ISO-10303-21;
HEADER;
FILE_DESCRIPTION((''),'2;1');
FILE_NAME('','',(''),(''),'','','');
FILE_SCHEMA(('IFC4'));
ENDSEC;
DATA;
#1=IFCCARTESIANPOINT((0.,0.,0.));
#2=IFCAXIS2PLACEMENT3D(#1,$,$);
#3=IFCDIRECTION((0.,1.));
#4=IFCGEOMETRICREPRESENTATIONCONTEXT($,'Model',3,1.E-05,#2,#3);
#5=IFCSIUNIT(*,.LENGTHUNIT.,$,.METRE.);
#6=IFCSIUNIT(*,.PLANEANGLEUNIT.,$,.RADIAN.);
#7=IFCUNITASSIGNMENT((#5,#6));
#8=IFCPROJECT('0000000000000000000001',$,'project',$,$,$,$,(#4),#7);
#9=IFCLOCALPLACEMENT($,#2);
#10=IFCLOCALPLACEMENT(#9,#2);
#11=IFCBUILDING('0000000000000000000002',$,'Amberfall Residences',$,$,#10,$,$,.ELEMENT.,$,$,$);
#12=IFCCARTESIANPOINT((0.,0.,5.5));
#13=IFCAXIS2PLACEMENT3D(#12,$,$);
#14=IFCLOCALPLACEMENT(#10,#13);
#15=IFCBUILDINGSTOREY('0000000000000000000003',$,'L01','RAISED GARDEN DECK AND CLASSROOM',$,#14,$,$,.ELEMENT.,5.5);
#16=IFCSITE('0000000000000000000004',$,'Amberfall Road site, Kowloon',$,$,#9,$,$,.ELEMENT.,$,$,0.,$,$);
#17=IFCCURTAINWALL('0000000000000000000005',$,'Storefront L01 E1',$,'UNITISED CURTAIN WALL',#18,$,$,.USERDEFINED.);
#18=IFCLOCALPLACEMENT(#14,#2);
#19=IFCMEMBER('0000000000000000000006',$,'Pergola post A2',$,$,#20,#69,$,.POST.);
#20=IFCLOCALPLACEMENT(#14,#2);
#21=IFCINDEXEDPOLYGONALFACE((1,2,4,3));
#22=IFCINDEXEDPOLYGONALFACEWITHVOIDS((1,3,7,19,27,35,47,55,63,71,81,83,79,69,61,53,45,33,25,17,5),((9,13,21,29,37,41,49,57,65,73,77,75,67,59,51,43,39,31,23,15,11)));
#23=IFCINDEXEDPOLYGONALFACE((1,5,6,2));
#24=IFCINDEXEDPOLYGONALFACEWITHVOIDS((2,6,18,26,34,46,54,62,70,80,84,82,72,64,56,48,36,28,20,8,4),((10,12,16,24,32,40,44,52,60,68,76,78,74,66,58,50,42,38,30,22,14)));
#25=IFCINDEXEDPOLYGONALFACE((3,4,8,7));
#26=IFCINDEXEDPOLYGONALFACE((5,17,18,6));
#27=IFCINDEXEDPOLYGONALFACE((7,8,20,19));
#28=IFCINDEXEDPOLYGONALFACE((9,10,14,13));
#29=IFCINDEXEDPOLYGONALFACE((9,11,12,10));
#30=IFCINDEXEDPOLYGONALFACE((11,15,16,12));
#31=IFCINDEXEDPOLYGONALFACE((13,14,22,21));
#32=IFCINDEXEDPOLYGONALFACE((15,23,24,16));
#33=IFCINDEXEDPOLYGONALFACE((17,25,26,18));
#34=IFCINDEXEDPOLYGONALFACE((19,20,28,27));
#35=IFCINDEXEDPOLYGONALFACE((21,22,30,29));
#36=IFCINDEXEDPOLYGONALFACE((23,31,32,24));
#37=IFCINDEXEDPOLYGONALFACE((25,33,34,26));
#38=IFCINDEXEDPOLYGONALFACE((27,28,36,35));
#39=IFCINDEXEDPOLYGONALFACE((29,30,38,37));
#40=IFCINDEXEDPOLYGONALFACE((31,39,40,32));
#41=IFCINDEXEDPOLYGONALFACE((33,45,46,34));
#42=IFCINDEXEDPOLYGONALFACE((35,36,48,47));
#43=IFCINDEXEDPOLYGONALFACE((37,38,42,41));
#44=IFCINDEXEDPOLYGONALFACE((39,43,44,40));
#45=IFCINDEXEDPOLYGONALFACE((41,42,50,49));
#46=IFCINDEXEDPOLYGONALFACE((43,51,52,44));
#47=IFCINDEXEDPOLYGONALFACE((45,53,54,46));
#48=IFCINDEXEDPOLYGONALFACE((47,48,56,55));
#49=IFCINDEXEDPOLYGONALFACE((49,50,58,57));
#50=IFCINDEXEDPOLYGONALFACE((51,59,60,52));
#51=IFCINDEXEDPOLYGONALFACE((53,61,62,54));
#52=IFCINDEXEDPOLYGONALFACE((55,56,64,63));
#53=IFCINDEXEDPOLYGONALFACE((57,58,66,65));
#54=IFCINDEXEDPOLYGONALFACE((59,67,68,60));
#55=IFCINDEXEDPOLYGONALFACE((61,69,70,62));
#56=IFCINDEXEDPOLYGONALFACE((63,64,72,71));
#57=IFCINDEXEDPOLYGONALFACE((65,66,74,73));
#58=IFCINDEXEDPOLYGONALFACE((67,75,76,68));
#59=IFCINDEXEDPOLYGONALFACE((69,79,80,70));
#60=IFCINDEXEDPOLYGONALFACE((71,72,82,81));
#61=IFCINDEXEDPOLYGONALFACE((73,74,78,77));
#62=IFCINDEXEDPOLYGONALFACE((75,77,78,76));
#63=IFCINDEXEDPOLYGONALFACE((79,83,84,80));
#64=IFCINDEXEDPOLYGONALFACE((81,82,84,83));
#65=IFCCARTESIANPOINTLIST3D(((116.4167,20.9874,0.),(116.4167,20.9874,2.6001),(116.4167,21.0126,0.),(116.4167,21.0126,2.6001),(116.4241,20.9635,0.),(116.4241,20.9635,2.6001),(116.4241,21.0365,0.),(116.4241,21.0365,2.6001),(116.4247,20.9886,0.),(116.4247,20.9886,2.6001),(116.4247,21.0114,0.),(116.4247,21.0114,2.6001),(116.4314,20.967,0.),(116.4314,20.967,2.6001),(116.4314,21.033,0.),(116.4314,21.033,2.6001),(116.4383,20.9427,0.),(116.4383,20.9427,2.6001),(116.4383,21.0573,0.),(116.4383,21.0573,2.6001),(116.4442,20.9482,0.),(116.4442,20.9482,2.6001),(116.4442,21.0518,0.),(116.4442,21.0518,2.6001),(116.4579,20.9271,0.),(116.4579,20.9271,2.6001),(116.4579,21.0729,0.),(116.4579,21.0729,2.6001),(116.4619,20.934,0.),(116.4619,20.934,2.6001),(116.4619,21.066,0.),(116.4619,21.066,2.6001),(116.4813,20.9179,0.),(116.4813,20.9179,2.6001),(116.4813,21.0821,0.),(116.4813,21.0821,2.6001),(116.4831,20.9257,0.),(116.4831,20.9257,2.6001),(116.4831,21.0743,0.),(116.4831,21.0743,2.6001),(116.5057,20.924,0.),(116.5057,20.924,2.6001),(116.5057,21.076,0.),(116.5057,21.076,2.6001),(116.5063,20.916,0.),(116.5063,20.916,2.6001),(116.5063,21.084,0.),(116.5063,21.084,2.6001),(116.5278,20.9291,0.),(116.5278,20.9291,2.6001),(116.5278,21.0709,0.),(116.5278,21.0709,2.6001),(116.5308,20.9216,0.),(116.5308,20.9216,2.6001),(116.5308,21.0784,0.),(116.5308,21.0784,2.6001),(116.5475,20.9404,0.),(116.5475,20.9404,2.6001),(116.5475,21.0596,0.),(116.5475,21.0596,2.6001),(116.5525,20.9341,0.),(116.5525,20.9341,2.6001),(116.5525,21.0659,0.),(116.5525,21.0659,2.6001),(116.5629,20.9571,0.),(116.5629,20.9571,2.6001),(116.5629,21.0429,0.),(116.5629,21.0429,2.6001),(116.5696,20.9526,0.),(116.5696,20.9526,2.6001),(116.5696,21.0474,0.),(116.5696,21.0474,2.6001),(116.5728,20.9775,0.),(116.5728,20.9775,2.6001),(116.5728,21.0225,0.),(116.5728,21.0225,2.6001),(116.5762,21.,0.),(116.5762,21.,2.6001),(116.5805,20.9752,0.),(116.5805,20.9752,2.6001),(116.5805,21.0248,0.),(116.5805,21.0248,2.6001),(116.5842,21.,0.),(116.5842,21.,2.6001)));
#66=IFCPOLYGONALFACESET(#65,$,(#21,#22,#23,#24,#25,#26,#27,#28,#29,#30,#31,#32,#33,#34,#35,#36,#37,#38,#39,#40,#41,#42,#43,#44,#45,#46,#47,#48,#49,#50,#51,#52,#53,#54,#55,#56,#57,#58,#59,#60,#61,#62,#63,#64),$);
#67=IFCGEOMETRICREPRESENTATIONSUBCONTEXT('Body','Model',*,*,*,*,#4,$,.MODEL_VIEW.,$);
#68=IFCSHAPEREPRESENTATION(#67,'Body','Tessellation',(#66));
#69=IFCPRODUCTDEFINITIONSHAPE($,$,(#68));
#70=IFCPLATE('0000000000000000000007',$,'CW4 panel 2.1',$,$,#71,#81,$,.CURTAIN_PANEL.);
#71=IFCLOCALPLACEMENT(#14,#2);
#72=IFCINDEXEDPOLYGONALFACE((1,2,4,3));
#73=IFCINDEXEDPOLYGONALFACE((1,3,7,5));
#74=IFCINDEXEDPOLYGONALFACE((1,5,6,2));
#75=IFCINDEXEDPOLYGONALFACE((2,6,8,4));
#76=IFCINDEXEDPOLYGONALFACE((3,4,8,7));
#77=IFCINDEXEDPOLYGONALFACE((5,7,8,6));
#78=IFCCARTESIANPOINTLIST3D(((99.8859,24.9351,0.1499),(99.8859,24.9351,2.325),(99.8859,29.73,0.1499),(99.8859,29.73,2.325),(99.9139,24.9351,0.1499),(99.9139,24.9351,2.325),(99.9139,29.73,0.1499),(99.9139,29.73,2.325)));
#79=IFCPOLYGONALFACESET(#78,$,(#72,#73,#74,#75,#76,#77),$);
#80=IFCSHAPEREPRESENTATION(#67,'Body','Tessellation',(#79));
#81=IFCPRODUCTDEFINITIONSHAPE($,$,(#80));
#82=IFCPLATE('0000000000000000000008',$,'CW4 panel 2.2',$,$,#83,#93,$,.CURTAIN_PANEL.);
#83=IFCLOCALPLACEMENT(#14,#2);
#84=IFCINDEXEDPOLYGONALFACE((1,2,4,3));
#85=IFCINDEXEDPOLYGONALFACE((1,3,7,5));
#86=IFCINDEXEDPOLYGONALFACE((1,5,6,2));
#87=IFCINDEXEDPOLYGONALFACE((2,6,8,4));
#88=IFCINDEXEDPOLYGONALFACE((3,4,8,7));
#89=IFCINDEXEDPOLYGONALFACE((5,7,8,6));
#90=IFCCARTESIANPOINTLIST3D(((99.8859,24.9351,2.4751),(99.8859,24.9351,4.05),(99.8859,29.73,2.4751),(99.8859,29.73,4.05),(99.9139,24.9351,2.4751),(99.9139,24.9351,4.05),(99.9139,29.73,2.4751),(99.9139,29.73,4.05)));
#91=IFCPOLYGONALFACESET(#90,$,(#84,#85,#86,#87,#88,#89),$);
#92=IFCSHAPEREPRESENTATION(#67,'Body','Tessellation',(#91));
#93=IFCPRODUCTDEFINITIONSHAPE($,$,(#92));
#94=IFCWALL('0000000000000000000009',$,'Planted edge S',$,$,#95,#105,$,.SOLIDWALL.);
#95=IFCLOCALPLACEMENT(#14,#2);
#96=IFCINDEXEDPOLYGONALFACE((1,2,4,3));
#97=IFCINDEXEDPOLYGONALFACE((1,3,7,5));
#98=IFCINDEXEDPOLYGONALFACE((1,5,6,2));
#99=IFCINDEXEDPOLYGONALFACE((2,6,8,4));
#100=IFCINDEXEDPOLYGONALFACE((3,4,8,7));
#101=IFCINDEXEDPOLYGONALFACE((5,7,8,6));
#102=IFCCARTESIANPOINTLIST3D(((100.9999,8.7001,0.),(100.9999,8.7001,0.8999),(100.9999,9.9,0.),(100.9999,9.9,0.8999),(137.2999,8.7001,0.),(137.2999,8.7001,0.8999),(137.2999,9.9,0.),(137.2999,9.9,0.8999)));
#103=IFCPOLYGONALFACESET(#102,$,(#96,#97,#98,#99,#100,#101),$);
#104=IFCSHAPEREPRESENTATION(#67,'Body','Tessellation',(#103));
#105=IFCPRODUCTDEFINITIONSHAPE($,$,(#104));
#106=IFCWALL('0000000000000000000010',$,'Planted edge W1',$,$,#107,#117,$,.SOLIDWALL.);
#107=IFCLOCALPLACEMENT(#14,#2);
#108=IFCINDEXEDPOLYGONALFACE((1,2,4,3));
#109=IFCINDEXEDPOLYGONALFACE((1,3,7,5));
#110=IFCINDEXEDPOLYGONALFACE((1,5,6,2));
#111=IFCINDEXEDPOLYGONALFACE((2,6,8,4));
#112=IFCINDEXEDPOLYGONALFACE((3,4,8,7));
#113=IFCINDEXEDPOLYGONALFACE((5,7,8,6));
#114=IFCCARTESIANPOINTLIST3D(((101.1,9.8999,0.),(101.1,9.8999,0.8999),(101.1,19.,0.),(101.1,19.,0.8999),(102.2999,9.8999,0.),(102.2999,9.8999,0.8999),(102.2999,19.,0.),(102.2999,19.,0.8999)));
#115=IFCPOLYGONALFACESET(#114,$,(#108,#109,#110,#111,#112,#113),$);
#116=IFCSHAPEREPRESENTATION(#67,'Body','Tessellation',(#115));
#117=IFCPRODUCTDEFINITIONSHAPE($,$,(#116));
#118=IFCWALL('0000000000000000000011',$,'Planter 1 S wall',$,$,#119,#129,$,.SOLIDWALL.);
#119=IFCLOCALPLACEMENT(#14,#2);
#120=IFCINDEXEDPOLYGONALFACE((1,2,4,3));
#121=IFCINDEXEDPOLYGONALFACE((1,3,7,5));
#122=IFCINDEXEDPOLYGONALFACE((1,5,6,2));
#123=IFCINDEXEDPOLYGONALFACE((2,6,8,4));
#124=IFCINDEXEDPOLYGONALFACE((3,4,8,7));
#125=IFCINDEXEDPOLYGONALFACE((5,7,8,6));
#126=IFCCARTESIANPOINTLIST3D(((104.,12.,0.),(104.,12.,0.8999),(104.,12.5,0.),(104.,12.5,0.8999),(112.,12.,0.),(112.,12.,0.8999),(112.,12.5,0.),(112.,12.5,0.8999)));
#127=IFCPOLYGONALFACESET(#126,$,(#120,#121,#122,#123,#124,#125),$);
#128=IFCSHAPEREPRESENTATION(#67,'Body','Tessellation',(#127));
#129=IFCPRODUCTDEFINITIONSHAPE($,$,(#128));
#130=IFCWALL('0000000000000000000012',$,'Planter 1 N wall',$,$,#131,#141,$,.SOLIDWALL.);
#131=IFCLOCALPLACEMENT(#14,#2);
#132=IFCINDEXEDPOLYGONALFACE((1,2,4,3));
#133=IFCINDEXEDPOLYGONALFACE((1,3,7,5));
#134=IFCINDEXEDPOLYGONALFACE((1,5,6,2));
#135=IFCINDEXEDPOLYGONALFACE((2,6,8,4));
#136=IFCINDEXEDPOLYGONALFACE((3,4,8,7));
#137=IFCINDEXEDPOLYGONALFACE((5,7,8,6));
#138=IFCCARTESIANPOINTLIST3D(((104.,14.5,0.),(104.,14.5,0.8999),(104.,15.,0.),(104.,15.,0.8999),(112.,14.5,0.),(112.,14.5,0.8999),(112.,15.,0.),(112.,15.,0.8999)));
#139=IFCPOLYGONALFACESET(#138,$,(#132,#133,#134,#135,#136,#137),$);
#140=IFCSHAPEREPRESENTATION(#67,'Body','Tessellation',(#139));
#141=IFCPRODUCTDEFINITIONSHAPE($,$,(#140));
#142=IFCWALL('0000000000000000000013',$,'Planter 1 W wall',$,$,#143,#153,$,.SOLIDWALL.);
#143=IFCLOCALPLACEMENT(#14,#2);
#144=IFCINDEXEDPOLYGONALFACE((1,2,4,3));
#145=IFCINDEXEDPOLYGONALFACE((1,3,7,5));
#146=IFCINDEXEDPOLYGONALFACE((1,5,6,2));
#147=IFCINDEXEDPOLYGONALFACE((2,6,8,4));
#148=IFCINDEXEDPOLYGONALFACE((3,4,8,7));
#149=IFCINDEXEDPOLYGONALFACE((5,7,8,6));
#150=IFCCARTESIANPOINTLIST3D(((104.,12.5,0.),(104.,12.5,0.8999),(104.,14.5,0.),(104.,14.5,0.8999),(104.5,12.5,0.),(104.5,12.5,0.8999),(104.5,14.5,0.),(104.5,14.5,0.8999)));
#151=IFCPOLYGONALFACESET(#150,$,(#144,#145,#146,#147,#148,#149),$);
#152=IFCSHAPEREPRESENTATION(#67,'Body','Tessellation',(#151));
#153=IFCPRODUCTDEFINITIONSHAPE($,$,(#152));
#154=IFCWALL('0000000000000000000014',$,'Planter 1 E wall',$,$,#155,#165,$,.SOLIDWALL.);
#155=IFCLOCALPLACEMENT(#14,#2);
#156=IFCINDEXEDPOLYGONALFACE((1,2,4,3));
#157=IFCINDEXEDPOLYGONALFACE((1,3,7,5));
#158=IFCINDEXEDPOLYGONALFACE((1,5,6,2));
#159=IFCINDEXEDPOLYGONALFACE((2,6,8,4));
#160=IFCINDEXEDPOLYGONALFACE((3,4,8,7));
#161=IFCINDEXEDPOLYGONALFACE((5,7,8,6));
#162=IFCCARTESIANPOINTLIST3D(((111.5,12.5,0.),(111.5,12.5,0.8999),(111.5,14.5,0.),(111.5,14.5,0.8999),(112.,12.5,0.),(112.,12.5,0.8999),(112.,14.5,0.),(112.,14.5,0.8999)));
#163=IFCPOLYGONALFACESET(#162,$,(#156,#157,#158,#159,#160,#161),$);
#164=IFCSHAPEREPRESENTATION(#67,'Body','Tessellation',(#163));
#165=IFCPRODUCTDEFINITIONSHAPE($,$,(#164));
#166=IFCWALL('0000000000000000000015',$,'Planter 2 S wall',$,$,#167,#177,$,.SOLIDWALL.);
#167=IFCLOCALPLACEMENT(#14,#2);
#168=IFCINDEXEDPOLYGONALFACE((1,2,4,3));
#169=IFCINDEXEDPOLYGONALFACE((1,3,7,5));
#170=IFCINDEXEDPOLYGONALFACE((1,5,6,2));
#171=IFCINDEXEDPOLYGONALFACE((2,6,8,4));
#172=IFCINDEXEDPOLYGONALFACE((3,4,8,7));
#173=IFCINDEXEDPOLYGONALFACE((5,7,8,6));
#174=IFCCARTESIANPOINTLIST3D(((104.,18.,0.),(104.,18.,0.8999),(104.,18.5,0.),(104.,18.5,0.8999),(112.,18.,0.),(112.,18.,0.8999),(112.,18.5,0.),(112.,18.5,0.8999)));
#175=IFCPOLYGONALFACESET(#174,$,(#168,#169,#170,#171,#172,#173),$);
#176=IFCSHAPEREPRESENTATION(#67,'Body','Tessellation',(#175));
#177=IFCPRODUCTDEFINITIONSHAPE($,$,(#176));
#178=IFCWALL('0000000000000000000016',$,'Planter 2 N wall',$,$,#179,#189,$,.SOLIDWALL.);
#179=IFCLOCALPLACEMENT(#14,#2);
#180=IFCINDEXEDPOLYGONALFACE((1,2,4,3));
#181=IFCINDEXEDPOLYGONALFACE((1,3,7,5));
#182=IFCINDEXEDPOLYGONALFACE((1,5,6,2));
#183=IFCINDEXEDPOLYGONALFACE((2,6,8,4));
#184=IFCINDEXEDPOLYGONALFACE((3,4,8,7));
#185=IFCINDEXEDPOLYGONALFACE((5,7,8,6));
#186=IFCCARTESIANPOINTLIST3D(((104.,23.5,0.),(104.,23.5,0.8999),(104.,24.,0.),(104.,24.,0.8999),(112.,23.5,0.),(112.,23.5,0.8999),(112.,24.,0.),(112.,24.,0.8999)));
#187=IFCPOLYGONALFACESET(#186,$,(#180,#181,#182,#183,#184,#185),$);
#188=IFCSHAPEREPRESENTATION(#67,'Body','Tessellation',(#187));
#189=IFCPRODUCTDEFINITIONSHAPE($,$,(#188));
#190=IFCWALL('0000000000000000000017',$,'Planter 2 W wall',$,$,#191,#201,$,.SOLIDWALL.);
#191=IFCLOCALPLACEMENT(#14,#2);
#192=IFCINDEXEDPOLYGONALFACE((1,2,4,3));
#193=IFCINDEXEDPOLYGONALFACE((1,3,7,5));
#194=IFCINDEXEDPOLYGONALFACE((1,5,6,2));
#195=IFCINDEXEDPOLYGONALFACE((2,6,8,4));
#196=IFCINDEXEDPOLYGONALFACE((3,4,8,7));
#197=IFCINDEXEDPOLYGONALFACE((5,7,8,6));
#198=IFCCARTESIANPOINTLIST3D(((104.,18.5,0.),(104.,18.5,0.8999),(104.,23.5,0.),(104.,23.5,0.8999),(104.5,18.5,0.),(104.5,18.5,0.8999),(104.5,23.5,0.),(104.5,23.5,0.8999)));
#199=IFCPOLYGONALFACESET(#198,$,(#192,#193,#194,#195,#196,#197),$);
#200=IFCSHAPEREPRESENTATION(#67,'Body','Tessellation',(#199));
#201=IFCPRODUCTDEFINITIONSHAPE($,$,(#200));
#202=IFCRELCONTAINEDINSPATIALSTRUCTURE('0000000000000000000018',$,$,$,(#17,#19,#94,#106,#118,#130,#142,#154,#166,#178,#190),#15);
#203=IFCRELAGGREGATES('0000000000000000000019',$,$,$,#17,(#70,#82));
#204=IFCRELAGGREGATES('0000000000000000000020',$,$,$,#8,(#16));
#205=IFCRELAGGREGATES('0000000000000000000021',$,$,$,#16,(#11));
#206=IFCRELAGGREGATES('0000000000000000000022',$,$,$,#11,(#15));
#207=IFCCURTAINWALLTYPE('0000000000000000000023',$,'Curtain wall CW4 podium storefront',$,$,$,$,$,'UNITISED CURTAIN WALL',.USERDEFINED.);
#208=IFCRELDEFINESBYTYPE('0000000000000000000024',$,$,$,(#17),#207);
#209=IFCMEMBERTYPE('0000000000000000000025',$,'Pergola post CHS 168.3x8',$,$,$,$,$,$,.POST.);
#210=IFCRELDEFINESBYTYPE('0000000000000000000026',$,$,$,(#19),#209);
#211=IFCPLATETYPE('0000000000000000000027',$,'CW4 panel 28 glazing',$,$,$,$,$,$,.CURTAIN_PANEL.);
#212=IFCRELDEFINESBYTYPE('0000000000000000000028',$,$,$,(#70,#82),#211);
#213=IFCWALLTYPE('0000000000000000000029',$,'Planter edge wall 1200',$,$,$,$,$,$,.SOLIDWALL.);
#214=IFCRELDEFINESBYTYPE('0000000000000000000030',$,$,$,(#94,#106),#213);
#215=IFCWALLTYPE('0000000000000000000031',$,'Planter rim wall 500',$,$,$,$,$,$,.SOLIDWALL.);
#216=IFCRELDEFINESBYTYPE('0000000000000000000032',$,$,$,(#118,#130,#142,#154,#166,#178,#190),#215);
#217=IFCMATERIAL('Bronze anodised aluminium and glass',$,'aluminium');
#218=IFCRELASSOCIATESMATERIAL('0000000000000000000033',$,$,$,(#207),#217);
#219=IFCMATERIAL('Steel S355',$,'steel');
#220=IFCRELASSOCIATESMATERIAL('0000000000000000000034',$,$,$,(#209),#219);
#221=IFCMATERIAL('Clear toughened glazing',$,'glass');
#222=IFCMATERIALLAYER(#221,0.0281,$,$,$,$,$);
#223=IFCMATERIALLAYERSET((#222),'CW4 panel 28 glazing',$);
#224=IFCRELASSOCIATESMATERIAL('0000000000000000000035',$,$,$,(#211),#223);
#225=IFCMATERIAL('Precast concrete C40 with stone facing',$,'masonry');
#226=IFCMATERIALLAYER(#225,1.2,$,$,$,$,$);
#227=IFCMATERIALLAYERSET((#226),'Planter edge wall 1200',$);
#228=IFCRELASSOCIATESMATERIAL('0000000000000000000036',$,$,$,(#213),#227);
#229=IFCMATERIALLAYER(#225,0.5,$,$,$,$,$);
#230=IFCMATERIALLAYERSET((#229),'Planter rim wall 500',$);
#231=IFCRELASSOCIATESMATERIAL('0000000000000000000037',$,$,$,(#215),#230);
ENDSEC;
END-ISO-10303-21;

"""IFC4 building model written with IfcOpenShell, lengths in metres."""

from ifc_helpers import new_model, si_unit, direction, frame, frame_2d, origin, origin_2d, place, context, subcontext, project, spatial, rectangle, hollow_circle, extrude, material, layer, layer_set, material_profile, profile_set, type_object, element, aggregate, save


model = new_model("IFC4")

# Units and contexts
model_context = context("Model", 3, precision=1e-05, world=origin(), true_north=direction((0.0, 1.0)))
body_context = subcontext(model_context, "Body", "Model", "MODEL_VIEW")
ifc_project = project(units=[si_unit("LENGTHUNIT", "METRE"), si_unit("PLANEANGLEUNIT", "RADIAN")], contexts=[model_context])

# Site, building, storey
site_placement = place(None, origin())
site = spatial("IfcSite", under=ifc_project, at=site_placement, Name="Amberfall Road site, Kowloon", CompositionType="ELEMENT", RefElevation=0.0)
building_placement = place(site_placement, origin())
building = spatial("IfcBuilding", under=site, at=building_placement, Name="Amberfall Residences", CompositionType="ELEMENT")
storey_placement = place(building_placement, frame((0.0, 0.0, 5.5)))
storey = spatial("IfcBuildingStorey", under=building, at=storey_placement, Name="L01", Description="RAISED GARDEN DECK AND CLASSROOM", CompositionType="ELEMENT", Elevation=5.5)

# Shared definitions
ifc_material_1 = material(Name="Bronze anodised aluminium and glass", Category="aluminium")
curtain_wall_type = type_object("IfcCurtainWallType", Name="Curtain wall CW4 podium storefront", ElementType="UNITISED CURTAIN WALL", PredefinedType="USERDEFINED", material=ifc_material_1)

# Curtain wall
curtain_wall_1_placement = place(storey_placement, origin())
curtain_wall_1 = element("IfcCurtainWall", 1, at=curtain_wall_1_placement, inside=storey, type_object=curtain_wall_type, Name="Storefront L01 E1", ObjectType="UNITISED CURTAIN WALL", PredefinedType="USERDEFINED")

# Member
ifc_material_2 = material(Name="Steel S355", Category="steel")
ifc_material_profile_1 = material_profile(ifc_material_2, hollow_circle(Radius=0.0842, WallThickness=0.0081, at=origin_2d()), Name="CHS 168.3x8")
ifc_profile_set_1 = profile_set([ifc_material_profile_1], Name="Steel S355")
member_type_1 = type_object("IfcMemberType", Name="Pergola post CHS 168.3x8", PredefinedType="POST", material=ifc_profile_set_1)
for number, where, z_axis, x_axis, name in (
    (2, (116.5, 21.0, 0.0), (0.0, 0.0, 1.0), (1.0, 0.0, 0.0), "Pergola post A2"),
):
    element("IfcMember", number, at=place(storey_placement, frame(where, z_axis=z_axis, x_axis=x_axis)), inside=storey, type_object=member_type_1, Name=name, PredefinedType="POST", context=body_context, shape_type="SweptSolid", body=[
        extrude(hollow_circle(Radius=0.0842, WallThickness=0.0081, at=origin_2d()), origin(), (0.0, 0.0, 1.0), 2.6001),
    ])

# Plates
ifc_material_3 = material(Name="Clear toughened glazing", Category="glass")
ifc_layer_1 = layer(ifc_material_3, 0.0281)
ifc_layer_set_1 = layer_set([ifc_layer_1], Name="CW4 panel 28 glazing")
plate_type = type_object("IfcPlateType", Name="CW4 panel 28 glazing", PredefinedType="CURTAIN_PANEL", material=ifc_layer_set_1)
plate_1_placement = place(storey_placement, frame((99.8999, 27.3325, 0.1499), z_axis=(0.0, 0.0, 1.0), x_axis=(0.0, 1.0, 0.0)))
plate_1 = element("IfcPlate", 3, at=plate_1_placement, type_object=plate_type, Name="CW4 panel 2.1", PredefinedType="CURTAIN_PANEL", context=body_context, shape_type="SweptSolid", body=[
    extrude(rectangle(XDim=4.7949, YDim=0.0281, at=origin_2d()), origin(), (0.0, 0.0, 1.0), 2.175),
])
plate_2_placement = place(storey_placement, frame((99.8999, 27.3325, 2.4751), z_axis=(0.0, 0.0, 1.0), x_axis=(0.0, 1.0, 0.0)))
plate_2 = element("IfcPlate", 4, at=plate_2_placement, type_object=plate_type, Name="CW4 panel 2.2", PredefinedType="CURTAIN_PANEL", context=body_context, shape_type="SweptSolid", body=[
    extrude(rectangle(XDim=4.7949, YDim=0.0281, at=origin_2d()), origin(), (0.0, 0.0, 1.0), 1.575),
])
aggregate(curtain_wall_1, [plate_1, plate_2])

# Walls
ifc_material_4 = material(Name="Precast concrete C40 with stone facing", Category="masonry")
ifc_layer_2 = layer(ifc_material_4, 1.2)
ifc_layer_set_2 = layer_set([ifc_layer_2], Name="Planter edge wall 1200")
wall_type_1 = type_object("IfcWallType", Name="Planter edge wall 1200", PredefinedType="SOLIDWALL", material=ifc_layer_set_2)
wall_1_placement = place(storey_placement, frame((101.0, 9.3, 0.0), z_axis=(0.0, 0.0, 1.0), x_axis=(1.0, 0.0, 0.0)))
element("IfcWall", 5, at=wall_1_placement, inside=storey, type_object=wall_type_1, Name="Planted edge S", PredefinedType="SOLIDWALL", context=body_context, shape_type="SweptSolid", body=[
    extrude(rectangle(XDim=36.3, YDim=1.2, at=frame_2d((18.1499, 0.0))), origin(), (0.0, 0.0, 1.0), 0.8999),
])
wall_2_placement = place(storey_placement, frame((101.7, 9.8999, 0.0), z_axis=(0.0, 0.0, 1.0), x_axis=(0.0, 1.0, 0.0)))
element("IfcWall", 6, at=wall_2_placement, inside=storey, type_object=wall_type_1, Name="Planted edge W1", PredefinedType="SOLIDWALL", context=body_context, shape_type="SweptSolid", body=[
    extrude(rectangle(XDim=9.1001, YDim=1.2, at=frame_2d((4.55, 0.0))), origin(), (0.0, 0.0, 1.0), 0.8999),
])
ifc_layer_3 = layer(ifc_material_4, 0.5)
ifc_layer_set_3 = layer_set([ifc_layer_3], Name="Planter rim wall 500")
wall_type_2 = type_object("IfcWallType", Name="Planter rim wall 500", PredefinedType="SOLIDWALL", material=ifc_layer_set_3)
for number, where, z_axis, x_axis, name in (
    (7, (104.0, 12.25, 0.0), (0.0, 0.0, 1.0), (1.0, 0.0, 0.0), "Planter 1 S wall"),
    (8, (104.0, 14.75, 0.0), (0.0, 0.0, 1.0), (1.0, 0.0, 0.0), "Planter 1 N wall"),
):
    element("IfcWall", number, at=place(storey_placement, frame(where, z_axis=z_axis, x_axis=x_axis)), inside=storey, type_object=wall_type_2, Name=name, PredefinedType="SOLIDWALL", context=body_context, shape_type="SweptSolid", body=[
        extrude(rectangle(XDim=8.0, YDim=0.5, at=frame_2d((4.0, 0.0))), origin(), (0.0, 0.0, 1.0), 0.8999),
    ])
for number, where, z_axis, x_axis, name in (
    (9, (104.25, 12.5, 0.0), (0.0, 0.0, 1.0), (0.0, 1.0, 0.0), "Planter 1 W wall"),
    (10, (111.75, 12.5, 0.0), (0.0, 0.0, 1.0), (0.0, 1.0, 0.0), "Planter 1 E wall"),
):
    element("IfcWall", number, at=place(storey_placement, frame(where, z_axis=z_axis, x_axis=x_axis)), inside=storey, type_object=wall_type_2, Name=name, PredefinedType="SOLIDWALL", context=body_context, shape_type="SweptSolid", body=[
        extrude(rectangle(XDim=2.0, YDim=0.5, at=frame_2d((1.0, 0.0))), origin(), (0.0, 0.0, 1.0), 0.8999),
    ])
for number, where, z_axis, x_axis, name in (
    (11, (104.0, 18.25, 0.0), (0.0, 0.0, 1.0), (1.0, 0.0, 0.0), "Planter 2 S wall"),
    (12, (104.0, 23.75, 0.0), (0.0, 0.0, 1.0), (1.0, 0.0, 0.0), "Planter 2 N wall"),
):
    element("IfcWall", number, at=place(storey_placement, frame(where, z_axis=z_axis, x_axis=x_axis)), inside=storey, type_object=wall_type_2, Name=name, PredefinedType="SOLIDWALL", context=body_context, shape_type="SweptSolid", body=[
        extrude(rectangle(XDim=8.0, YDim=0.5, at=frame_2d((4.0, 0.0))), origin(), (0.0, 0.0, 1.0), 0.8999),
    ])
for number, where, z_axis, x_axis, name in (
    (13, (104.25, 18.5, 0.0), (0.0, 0.0, 1.0), (0.0, 1.0, 0.0), "Planter 2 W wall"),
):
    element("IfcWall", number, at=place(storey_placement, frame(where, z_axis=z_axis, x_axis=x_axis)), inside=storey, type_object=wall_type_2, Name=name, PredefinedType="SOLIDWALL", context=body_context, shape_type="SweptSolid", body=[
        extrude(rectangle(XDim=5.0, YDim=0.5, at=frame_2d((2.5, 0.0))), origin(), (0.0, 0.0, 1.0), 0.8999),
    ])

save(model, "model.ifc")
